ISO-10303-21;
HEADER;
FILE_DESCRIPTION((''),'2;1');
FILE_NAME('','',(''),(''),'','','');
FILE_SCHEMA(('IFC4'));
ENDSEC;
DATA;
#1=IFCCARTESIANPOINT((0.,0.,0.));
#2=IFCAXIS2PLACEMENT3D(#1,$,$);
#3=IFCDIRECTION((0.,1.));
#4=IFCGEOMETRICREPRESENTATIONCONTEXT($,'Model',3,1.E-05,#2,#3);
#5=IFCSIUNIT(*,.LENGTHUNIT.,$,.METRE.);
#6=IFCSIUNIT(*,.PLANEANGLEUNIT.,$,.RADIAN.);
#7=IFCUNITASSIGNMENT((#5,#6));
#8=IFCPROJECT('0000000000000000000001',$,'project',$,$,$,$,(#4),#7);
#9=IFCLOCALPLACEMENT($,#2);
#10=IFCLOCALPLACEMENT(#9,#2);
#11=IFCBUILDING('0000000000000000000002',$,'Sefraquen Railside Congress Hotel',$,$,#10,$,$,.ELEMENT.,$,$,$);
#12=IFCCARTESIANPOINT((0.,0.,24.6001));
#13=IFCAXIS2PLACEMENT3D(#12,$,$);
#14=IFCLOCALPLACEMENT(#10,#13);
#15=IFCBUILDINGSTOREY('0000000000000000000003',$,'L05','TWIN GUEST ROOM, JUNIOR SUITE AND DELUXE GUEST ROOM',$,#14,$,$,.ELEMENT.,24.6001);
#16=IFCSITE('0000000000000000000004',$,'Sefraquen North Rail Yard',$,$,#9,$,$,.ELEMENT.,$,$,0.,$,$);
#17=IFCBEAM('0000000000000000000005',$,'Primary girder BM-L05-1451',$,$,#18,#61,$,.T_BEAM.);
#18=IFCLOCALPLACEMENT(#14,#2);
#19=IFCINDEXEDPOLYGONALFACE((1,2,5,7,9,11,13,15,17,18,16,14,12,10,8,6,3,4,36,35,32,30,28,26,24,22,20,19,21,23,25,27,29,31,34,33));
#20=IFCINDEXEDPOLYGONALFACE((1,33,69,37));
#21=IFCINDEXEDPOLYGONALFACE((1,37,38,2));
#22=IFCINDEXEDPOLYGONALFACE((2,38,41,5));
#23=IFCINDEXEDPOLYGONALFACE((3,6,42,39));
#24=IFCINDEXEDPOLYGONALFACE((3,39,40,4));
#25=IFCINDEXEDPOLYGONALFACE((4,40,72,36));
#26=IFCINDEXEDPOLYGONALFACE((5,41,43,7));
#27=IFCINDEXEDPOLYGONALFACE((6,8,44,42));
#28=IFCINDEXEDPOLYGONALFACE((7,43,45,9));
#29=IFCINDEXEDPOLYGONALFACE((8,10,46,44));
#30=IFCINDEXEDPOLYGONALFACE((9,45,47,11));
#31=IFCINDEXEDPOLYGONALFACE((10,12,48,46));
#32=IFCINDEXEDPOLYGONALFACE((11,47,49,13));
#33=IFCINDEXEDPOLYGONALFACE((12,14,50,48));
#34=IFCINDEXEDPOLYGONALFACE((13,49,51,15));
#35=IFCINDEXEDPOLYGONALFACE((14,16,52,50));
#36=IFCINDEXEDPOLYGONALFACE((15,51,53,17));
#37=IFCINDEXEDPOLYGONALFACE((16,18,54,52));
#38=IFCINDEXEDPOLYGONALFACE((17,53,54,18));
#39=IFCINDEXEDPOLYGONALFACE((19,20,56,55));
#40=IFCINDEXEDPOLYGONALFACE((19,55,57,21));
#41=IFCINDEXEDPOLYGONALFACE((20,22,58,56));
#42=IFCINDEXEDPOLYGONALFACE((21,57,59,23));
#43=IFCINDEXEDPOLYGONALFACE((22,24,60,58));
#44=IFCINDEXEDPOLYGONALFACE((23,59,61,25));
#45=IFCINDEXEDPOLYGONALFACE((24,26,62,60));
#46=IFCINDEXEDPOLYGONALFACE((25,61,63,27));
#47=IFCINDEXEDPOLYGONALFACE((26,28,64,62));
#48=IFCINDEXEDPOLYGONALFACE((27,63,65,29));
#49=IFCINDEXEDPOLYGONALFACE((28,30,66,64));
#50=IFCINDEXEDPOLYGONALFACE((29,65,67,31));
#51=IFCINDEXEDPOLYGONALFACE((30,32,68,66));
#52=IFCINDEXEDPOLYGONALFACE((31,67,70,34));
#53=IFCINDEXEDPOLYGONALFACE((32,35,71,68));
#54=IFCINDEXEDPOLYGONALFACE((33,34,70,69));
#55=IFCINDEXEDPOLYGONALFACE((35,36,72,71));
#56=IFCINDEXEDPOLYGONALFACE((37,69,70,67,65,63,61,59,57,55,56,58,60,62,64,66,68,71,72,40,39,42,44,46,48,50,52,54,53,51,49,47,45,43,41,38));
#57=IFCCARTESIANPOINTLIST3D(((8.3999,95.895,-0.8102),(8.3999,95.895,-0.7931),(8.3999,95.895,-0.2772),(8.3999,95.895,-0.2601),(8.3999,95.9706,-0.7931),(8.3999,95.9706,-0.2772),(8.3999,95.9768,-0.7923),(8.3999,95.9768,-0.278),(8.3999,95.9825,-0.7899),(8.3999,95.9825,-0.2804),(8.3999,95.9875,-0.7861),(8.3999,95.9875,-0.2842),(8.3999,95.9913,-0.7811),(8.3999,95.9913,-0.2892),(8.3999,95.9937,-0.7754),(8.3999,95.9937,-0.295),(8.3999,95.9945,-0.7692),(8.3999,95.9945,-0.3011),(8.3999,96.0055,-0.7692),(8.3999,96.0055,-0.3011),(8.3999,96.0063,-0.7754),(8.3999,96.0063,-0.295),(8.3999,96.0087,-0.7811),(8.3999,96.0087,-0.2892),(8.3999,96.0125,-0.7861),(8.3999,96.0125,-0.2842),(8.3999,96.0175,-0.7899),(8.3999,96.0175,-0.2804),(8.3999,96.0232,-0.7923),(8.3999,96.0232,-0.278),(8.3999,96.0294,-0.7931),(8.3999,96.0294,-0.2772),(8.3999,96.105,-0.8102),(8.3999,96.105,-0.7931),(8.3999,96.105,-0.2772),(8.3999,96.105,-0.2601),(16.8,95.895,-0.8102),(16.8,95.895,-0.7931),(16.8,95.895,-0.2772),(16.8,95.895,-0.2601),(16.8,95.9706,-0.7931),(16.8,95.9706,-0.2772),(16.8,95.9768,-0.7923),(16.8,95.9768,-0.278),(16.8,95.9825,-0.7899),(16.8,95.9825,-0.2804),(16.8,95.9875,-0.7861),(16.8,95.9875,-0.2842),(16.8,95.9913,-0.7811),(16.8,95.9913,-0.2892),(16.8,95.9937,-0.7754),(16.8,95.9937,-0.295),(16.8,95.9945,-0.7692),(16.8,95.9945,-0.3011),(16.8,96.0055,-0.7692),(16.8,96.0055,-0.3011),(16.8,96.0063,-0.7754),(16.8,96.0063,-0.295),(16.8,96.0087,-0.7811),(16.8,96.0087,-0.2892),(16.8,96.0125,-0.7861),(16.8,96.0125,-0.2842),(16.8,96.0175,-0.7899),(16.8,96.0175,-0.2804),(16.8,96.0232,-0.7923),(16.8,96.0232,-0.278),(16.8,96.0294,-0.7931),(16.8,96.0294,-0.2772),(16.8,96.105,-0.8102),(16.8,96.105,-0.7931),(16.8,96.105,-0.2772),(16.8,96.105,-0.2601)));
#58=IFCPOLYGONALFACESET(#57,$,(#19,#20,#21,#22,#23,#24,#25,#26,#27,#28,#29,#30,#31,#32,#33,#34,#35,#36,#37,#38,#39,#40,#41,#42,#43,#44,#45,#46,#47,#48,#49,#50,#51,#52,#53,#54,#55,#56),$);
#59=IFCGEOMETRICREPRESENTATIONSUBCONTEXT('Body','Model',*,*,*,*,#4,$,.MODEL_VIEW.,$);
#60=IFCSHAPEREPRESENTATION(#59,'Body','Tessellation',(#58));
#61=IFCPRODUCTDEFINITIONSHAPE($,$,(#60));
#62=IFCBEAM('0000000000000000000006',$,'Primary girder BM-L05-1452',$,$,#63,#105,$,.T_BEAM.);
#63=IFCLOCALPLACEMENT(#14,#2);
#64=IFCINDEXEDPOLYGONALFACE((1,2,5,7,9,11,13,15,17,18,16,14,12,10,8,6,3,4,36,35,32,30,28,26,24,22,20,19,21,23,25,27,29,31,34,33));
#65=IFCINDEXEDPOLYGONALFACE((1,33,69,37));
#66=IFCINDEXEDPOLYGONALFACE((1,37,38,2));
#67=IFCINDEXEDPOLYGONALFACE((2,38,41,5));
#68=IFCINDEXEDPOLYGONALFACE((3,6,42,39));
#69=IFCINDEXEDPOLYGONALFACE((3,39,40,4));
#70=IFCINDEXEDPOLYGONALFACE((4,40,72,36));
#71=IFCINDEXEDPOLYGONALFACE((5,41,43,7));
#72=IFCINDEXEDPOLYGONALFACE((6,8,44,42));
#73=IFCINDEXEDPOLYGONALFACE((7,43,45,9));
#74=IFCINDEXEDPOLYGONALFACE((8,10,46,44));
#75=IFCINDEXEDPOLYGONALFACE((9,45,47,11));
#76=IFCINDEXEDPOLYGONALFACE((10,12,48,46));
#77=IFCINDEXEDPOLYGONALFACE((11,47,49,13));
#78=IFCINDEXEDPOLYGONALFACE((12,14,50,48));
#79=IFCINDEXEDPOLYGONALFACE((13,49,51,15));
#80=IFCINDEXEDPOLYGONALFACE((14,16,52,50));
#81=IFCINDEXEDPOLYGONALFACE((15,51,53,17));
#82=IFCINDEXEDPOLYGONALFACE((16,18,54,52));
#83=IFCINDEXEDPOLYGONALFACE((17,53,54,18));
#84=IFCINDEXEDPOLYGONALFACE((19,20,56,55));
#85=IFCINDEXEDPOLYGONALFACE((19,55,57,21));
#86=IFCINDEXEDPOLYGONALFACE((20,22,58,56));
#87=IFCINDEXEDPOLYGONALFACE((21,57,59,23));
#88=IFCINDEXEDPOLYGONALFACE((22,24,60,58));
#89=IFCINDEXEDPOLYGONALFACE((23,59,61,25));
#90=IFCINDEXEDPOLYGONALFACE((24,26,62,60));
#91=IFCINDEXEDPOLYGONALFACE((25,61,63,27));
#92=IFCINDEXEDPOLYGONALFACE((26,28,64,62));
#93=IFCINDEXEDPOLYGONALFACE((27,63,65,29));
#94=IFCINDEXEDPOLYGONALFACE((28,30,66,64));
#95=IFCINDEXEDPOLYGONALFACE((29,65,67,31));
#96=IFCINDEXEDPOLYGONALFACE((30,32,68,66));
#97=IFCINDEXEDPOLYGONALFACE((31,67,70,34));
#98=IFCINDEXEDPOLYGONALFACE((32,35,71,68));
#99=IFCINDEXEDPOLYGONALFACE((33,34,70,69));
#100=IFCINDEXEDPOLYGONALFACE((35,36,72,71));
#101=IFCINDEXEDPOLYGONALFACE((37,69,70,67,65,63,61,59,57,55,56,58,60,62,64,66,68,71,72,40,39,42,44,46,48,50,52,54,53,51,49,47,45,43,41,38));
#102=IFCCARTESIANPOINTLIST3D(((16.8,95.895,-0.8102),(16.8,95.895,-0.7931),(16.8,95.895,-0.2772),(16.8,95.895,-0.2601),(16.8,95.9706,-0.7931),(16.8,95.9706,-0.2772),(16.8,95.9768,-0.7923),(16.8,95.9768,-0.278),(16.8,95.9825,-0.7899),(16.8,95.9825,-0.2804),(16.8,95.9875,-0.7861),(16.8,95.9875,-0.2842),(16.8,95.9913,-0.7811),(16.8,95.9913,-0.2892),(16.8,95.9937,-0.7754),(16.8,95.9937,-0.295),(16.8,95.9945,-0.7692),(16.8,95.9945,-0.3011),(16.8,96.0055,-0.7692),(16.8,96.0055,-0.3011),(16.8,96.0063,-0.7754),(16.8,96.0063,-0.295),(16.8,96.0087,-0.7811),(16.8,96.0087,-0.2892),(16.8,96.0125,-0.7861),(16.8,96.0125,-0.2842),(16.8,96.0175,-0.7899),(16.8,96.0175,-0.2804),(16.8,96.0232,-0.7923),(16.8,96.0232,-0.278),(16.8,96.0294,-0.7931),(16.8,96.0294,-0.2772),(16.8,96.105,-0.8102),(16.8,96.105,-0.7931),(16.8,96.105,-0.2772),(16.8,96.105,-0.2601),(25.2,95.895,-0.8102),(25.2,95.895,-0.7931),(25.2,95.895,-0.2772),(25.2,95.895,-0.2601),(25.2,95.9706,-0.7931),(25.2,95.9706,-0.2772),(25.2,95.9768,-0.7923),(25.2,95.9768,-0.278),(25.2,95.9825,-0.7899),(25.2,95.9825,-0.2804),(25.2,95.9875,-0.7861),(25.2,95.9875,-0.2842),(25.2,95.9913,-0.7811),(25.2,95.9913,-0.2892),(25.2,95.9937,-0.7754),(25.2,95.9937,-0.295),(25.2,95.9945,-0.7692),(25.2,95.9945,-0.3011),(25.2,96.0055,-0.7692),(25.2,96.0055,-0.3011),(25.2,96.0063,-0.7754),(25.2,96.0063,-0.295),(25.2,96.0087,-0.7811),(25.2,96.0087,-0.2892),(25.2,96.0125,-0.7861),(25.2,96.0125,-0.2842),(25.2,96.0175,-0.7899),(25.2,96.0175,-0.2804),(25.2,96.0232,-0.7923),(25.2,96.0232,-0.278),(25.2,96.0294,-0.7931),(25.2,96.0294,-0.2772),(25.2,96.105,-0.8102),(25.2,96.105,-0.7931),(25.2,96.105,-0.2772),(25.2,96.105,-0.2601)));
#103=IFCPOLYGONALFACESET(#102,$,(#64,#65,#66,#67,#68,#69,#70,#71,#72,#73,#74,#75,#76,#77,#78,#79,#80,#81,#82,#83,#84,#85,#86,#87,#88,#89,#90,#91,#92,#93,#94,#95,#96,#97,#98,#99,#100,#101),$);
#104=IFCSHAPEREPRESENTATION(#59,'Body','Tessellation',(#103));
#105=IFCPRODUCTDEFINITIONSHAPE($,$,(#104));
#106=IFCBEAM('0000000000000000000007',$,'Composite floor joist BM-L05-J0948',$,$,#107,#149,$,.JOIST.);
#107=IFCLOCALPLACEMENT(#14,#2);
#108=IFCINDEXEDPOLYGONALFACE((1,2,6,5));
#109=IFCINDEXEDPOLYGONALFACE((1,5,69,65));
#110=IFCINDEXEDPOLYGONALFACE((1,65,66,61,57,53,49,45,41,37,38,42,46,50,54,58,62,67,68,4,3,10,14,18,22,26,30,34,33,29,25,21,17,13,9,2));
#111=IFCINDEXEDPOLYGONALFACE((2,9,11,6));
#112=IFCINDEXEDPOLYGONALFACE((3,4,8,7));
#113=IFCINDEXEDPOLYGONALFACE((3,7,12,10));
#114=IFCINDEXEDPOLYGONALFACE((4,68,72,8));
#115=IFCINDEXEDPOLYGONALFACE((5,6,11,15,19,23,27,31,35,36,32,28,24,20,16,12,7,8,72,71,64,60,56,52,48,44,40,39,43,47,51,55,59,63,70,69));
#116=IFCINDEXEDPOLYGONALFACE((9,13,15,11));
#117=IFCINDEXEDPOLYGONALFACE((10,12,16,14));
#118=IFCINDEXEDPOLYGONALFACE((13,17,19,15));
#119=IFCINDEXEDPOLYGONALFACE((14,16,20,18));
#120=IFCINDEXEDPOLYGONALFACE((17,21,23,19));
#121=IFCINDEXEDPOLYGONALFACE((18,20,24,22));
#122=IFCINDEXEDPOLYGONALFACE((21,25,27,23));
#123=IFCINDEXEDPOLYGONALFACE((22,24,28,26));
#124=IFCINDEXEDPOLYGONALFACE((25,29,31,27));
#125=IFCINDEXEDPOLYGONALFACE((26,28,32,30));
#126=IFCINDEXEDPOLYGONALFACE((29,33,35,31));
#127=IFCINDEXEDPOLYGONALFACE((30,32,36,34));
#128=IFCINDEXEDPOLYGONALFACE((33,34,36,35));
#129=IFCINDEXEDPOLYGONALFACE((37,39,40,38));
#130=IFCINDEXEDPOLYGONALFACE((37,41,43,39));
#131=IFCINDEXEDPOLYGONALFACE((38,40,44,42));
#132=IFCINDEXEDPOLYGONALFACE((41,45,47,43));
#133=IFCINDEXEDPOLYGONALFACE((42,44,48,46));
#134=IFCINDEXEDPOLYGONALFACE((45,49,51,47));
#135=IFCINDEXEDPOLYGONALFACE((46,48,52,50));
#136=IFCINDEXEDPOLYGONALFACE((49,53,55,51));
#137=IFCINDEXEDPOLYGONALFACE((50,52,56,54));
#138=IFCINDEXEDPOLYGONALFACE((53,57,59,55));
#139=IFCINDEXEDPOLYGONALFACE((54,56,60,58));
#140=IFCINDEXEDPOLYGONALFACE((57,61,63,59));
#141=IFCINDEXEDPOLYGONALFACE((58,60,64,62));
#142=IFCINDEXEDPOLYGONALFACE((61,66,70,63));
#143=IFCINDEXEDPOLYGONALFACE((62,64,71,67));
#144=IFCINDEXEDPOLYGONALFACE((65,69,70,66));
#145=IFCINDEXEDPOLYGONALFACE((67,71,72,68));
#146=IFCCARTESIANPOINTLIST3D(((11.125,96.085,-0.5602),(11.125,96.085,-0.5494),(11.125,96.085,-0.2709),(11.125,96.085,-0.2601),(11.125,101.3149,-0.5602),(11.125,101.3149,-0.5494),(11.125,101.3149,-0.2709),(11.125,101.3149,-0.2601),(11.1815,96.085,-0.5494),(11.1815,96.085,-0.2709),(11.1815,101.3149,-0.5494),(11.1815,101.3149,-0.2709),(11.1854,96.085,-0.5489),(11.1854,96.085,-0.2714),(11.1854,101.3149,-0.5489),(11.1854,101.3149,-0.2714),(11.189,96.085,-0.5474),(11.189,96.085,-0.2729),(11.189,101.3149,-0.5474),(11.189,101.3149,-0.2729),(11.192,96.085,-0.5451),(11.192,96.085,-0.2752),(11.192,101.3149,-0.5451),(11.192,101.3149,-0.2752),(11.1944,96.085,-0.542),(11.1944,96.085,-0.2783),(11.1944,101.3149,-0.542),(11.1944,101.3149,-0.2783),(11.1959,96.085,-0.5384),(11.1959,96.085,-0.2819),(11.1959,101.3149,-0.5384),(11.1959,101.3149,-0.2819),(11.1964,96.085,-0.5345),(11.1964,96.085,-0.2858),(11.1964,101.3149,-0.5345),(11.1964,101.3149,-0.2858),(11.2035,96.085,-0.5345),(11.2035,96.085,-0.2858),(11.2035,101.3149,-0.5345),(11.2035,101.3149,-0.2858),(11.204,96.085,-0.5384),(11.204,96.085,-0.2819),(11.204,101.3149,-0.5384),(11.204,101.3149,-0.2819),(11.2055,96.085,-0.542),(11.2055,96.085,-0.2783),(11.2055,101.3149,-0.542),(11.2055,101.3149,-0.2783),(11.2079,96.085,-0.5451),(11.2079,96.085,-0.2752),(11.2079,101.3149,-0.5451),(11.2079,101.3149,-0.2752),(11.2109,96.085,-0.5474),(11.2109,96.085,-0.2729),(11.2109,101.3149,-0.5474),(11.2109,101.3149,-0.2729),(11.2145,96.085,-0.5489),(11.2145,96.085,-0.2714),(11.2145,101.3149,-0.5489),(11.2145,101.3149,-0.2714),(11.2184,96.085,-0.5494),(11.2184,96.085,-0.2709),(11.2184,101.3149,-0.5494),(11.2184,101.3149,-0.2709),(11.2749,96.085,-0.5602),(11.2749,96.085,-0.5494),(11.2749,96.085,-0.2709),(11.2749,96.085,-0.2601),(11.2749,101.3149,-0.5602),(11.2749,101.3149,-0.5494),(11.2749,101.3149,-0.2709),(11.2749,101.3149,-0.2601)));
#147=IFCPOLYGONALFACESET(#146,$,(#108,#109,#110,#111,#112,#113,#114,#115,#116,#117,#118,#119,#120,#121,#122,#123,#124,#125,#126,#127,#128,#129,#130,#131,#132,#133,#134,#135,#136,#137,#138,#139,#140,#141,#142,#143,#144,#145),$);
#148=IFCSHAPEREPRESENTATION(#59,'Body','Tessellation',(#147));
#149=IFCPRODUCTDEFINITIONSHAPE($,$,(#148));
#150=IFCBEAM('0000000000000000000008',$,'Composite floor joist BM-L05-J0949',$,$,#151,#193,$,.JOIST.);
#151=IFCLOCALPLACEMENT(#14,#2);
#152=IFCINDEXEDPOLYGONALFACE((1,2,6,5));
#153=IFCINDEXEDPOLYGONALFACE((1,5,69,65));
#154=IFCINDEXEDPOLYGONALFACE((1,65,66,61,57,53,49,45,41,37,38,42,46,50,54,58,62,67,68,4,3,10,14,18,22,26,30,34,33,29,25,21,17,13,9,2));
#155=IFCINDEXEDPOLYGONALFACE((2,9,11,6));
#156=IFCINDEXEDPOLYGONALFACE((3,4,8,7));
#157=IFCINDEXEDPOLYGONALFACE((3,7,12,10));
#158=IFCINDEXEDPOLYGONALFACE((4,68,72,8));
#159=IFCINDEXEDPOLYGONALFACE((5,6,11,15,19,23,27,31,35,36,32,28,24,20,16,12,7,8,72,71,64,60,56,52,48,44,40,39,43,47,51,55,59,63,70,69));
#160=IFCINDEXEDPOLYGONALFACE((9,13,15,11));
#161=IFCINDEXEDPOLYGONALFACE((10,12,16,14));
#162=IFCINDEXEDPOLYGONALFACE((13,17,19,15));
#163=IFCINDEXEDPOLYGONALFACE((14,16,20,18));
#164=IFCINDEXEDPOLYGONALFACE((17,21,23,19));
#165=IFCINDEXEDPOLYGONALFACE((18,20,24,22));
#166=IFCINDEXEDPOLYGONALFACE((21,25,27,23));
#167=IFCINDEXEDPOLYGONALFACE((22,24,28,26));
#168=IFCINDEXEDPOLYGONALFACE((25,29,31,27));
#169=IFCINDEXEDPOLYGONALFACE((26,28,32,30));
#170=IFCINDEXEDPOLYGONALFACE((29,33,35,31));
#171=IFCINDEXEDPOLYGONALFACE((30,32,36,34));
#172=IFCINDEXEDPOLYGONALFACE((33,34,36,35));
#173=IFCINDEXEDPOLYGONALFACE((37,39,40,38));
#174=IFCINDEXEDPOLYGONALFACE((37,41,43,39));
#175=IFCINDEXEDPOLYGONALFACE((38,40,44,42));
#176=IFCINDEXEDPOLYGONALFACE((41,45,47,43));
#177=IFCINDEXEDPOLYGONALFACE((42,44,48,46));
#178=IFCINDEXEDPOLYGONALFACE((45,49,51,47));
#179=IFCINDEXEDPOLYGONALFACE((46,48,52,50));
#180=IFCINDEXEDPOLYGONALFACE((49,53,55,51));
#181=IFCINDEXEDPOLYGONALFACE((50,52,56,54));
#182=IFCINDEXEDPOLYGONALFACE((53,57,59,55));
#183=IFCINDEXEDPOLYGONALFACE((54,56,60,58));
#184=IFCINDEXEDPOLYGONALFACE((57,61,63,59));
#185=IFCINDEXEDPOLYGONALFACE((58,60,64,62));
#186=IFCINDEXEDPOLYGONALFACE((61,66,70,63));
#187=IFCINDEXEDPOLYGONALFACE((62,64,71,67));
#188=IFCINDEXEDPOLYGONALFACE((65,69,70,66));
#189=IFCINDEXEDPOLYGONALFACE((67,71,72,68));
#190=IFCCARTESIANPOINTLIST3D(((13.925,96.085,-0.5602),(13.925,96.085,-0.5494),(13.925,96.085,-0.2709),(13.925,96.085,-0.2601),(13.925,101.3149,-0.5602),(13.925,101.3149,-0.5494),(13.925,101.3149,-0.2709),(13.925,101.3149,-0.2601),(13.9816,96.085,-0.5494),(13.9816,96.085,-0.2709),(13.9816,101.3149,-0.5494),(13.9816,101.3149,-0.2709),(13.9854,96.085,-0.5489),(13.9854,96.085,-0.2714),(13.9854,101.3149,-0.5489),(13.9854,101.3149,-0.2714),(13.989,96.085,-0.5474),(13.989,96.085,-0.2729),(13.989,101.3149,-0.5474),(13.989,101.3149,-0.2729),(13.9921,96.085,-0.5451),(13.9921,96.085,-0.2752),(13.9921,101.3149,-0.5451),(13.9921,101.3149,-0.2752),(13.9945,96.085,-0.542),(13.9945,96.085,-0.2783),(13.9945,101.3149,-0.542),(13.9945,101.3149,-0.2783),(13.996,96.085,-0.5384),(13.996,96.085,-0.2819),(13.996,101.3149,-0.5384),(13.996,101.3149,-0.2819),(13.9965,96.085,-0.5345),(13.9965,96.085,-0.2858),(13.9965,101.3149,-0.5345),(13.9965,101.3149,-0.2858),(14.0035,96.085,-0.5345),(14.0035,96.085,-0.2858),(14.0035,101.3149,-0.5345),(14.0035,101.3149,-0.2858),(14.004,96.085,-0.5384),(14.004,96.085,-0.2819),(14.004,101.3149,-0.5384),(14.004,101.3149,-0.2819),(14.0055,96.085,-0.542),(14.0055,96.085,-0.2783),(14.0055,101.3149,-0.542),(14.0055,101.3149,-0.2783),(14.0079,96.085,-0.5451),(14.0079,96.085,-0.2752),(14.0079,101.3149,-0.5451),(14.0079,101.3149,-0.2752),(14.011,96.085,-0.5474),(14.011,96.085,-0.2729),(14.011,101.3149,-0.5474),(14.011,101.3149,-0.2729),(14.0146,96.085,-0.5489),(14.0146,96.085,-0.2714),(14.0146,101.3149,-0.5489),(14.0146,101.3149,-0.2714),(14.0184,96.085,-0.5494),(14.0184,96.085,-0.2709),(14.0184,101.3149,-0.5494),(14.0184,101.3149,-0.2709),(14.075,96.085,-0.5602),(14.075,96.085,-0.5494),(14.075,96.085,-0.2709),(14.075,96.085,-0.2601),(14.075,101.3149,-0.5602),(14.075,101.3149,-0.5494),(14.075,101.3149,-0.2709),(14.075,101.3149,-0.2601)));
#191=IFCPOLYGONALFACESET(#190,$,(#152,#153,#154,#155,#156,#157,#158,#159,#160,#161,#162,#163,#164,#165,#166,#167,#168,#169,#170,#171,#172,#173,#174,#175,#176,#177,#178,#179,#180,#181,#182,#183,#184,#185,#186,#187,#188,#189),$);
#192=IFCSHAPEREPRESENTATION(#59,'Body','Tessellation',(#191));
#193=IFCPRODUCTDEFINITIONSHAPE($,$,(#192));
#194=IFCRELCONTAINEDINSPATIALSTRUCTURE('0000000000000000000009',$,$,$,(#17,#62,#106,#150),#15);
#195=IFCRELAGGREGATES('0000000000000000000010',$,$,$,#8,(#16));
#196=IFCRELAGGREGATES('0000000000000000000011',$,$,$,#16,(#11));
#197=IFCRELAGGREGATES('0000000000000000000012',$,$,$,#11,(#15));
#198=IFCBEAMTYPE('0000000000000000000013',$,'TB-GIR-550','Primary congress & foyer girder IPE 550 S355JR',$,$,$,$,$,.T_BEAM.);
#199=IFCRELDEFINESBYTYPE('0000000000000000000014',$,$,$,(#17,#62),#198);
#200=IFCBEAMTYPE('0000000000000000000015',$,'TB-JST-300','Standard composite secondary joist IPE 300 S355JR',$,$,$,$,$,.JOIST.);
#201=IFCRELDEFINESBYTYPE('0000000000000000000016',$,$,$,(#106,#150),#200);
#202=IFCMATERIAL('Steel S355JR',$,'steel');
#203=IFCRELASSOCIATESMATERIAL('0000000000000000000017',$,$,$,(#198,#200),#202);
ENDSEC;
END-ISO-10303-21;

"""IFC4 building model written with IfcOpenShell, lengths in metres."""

from ifc_helpers import new_model, si_unit, direction, frame, origin, origin_2d, place, context, subcontext, project, spatial, i_section, extrude, material, material_profile, profile_set, type_object, element, save


model = new_model("IFC4")

# Units and contexts
model_context = context("Model", 3, precision=1e-05, world=origin(), true_north=direction((0.0, 1.0)))
body_context = subcontext(model_context, "Body", "Model", "MODEL_VIEW")
ifc_project = project(units=[si_unit("LENGTHUNIT", "METRE"), si_unit("PLANEANGLEUNIT", "RADIAN")], contexts=[model_context])

# Site, building, storey
site_placement = place(None, origin())
site = spatial("IfcSite", under=ifc_project, at=site_placement, Name="Sefraquen North Rail Yard", CompositionType="ELEMENT", RefElevation=0.0)
building_placement = place(site_placement, origin())
building = spatial("IfcBuilding", under=site, at=building_placement, Name="Sefraquen Railside Congress Hotel", CompositionType="ELEMENT")
storey_placement = place(building_placement, frame((0.0, 0.0, 24.6001)))
storey = spatial("IfcBuildingStorey", under=building, at=storey_placement, Name="L05", Description="TWIN GUEST ROOM, JUNIOR SUITE AND DELUXE GUEST ROOM", CompositionType="ELEMENT", Elevation=24.6001)

# Shared definitions
ifc_material_1 = material(Name="Steel S355JR", Category="steel")

# Beams
ifc_material_profile_1 = material_profile(ifc_material_1, i_section(OverallWidth=0.21, OverallDepth=0.55, WebThickness=0.011, FlangeThickness=0.0171, FilletRadius=0.0239, at=origin_2d()), Name="IPE 550")
ifc_profile_set_1 = profile_set([ifc_material_profile_1], Name="Steel S355JR")
beam_type_1 = type_object("IfcBeamType", Name="TB-GIR-550", Description="Primary congress & foyer girder IPE 550 S355JR", PredefinedType="T_BEAM", material=ifc_profile_set_1)
beam_1_placement = place(storey_placement, frame((8.3999, 96.0, -0.5352), z_axis=(1.0, 0.0, 0.0), x_axis=(0.0, 1.0, 0.0)))
element("IfcBeam", 1, at=beam_1_placement, inside=storey, type_object=beam_type_1, Name="Primary girder BM-L05-1451", PredefinedType="T_BEAM", context=body_context, shape_type="SweptSolid", body=[
    extrude(i_section(OverallWidth=0.21, OverallDepth=0.55, WebThickness=0.011, FlangeThickness=0.0171, FilletRadius=0.0239, at=origin_2d()), origin(), (0.0, 0.0, 1.0), 8.4001),
])
beam_2_placement = place(storey_placement, frame((16.8, 96.0, -0.5352), z_axis=(1.0, 0.0, 0.0), x_axis=(0.0, 1.0, 0.0)))
element("IfcBeam", 2, at=beam_2_placement, inside=storey, type_object=beam_type_1, Name="Primary girder BM-L05-1452", PredefinedType="T_BEAM", context=body_context, shape_type="SweptSolid", body=[
    extrude(i_section(OverallWidth=0.21, OverallDepth=0.55, WebThickness=0.011, FlangeThickness=0.0171, FilletRadius=0.0239, at=origin_2d()), origin(), (0.0, 0.0, 1.0), 8.3999),
])
ifc_material_profile_2 = material_profile(ifc_material_1, i_section(OverallWidth=0.1499, OverallDepth=0.3, WebThickness=0.0071, FlangeThickness=0.0107, FilletRadius=0.0149, at=origin_2d()), Name="IPE 300")
ifc_profile_set_2 = profile_set([ifc_material_profile_2], Name="Steel S355JR")
beam_type_2 = type_object("IfcBeamType", Name="TB-JST-300", Description="Standard composite secondary joist IPE 300 S355JR", PredefinedType="JOIST", material=ifc_profile_set_2)
for number, where, z_axis, x_axis, name in (
    (3, (11.2, 96.085, -0.4102), (0.0, 1.0, 0.0), (-1.0, 0.0, 0.0), "Composite floor joist BM-L05-J0948"),
    (4, (14.0, 96.085, -0.4102), (0.0, 1.0, 0.0), (-1.0, 0.0, 0.0), "Composite floor joist BM-L05-J0949"),
):
    element("IfcBeam", number, at=place(storey_placement, frame(where, z_axis=z_axis, x_axis=x_axis)), inside=storey, type_object=beam_type_2, Name=name, PredefinedType="JOIST", context=body_context, shape_type="SweptSolid", body=[
        extrude(i_section(OverallWidth=0.1499, OverallDepth=0.3, WebThickness=0.0071, FlangeThickness=0.0107, FilletRadius=0.0149, at=origin_2d()), origin(), (0.0, 0.0, 1.0), 5.23),
    ])

save(model, "model.ifc")
